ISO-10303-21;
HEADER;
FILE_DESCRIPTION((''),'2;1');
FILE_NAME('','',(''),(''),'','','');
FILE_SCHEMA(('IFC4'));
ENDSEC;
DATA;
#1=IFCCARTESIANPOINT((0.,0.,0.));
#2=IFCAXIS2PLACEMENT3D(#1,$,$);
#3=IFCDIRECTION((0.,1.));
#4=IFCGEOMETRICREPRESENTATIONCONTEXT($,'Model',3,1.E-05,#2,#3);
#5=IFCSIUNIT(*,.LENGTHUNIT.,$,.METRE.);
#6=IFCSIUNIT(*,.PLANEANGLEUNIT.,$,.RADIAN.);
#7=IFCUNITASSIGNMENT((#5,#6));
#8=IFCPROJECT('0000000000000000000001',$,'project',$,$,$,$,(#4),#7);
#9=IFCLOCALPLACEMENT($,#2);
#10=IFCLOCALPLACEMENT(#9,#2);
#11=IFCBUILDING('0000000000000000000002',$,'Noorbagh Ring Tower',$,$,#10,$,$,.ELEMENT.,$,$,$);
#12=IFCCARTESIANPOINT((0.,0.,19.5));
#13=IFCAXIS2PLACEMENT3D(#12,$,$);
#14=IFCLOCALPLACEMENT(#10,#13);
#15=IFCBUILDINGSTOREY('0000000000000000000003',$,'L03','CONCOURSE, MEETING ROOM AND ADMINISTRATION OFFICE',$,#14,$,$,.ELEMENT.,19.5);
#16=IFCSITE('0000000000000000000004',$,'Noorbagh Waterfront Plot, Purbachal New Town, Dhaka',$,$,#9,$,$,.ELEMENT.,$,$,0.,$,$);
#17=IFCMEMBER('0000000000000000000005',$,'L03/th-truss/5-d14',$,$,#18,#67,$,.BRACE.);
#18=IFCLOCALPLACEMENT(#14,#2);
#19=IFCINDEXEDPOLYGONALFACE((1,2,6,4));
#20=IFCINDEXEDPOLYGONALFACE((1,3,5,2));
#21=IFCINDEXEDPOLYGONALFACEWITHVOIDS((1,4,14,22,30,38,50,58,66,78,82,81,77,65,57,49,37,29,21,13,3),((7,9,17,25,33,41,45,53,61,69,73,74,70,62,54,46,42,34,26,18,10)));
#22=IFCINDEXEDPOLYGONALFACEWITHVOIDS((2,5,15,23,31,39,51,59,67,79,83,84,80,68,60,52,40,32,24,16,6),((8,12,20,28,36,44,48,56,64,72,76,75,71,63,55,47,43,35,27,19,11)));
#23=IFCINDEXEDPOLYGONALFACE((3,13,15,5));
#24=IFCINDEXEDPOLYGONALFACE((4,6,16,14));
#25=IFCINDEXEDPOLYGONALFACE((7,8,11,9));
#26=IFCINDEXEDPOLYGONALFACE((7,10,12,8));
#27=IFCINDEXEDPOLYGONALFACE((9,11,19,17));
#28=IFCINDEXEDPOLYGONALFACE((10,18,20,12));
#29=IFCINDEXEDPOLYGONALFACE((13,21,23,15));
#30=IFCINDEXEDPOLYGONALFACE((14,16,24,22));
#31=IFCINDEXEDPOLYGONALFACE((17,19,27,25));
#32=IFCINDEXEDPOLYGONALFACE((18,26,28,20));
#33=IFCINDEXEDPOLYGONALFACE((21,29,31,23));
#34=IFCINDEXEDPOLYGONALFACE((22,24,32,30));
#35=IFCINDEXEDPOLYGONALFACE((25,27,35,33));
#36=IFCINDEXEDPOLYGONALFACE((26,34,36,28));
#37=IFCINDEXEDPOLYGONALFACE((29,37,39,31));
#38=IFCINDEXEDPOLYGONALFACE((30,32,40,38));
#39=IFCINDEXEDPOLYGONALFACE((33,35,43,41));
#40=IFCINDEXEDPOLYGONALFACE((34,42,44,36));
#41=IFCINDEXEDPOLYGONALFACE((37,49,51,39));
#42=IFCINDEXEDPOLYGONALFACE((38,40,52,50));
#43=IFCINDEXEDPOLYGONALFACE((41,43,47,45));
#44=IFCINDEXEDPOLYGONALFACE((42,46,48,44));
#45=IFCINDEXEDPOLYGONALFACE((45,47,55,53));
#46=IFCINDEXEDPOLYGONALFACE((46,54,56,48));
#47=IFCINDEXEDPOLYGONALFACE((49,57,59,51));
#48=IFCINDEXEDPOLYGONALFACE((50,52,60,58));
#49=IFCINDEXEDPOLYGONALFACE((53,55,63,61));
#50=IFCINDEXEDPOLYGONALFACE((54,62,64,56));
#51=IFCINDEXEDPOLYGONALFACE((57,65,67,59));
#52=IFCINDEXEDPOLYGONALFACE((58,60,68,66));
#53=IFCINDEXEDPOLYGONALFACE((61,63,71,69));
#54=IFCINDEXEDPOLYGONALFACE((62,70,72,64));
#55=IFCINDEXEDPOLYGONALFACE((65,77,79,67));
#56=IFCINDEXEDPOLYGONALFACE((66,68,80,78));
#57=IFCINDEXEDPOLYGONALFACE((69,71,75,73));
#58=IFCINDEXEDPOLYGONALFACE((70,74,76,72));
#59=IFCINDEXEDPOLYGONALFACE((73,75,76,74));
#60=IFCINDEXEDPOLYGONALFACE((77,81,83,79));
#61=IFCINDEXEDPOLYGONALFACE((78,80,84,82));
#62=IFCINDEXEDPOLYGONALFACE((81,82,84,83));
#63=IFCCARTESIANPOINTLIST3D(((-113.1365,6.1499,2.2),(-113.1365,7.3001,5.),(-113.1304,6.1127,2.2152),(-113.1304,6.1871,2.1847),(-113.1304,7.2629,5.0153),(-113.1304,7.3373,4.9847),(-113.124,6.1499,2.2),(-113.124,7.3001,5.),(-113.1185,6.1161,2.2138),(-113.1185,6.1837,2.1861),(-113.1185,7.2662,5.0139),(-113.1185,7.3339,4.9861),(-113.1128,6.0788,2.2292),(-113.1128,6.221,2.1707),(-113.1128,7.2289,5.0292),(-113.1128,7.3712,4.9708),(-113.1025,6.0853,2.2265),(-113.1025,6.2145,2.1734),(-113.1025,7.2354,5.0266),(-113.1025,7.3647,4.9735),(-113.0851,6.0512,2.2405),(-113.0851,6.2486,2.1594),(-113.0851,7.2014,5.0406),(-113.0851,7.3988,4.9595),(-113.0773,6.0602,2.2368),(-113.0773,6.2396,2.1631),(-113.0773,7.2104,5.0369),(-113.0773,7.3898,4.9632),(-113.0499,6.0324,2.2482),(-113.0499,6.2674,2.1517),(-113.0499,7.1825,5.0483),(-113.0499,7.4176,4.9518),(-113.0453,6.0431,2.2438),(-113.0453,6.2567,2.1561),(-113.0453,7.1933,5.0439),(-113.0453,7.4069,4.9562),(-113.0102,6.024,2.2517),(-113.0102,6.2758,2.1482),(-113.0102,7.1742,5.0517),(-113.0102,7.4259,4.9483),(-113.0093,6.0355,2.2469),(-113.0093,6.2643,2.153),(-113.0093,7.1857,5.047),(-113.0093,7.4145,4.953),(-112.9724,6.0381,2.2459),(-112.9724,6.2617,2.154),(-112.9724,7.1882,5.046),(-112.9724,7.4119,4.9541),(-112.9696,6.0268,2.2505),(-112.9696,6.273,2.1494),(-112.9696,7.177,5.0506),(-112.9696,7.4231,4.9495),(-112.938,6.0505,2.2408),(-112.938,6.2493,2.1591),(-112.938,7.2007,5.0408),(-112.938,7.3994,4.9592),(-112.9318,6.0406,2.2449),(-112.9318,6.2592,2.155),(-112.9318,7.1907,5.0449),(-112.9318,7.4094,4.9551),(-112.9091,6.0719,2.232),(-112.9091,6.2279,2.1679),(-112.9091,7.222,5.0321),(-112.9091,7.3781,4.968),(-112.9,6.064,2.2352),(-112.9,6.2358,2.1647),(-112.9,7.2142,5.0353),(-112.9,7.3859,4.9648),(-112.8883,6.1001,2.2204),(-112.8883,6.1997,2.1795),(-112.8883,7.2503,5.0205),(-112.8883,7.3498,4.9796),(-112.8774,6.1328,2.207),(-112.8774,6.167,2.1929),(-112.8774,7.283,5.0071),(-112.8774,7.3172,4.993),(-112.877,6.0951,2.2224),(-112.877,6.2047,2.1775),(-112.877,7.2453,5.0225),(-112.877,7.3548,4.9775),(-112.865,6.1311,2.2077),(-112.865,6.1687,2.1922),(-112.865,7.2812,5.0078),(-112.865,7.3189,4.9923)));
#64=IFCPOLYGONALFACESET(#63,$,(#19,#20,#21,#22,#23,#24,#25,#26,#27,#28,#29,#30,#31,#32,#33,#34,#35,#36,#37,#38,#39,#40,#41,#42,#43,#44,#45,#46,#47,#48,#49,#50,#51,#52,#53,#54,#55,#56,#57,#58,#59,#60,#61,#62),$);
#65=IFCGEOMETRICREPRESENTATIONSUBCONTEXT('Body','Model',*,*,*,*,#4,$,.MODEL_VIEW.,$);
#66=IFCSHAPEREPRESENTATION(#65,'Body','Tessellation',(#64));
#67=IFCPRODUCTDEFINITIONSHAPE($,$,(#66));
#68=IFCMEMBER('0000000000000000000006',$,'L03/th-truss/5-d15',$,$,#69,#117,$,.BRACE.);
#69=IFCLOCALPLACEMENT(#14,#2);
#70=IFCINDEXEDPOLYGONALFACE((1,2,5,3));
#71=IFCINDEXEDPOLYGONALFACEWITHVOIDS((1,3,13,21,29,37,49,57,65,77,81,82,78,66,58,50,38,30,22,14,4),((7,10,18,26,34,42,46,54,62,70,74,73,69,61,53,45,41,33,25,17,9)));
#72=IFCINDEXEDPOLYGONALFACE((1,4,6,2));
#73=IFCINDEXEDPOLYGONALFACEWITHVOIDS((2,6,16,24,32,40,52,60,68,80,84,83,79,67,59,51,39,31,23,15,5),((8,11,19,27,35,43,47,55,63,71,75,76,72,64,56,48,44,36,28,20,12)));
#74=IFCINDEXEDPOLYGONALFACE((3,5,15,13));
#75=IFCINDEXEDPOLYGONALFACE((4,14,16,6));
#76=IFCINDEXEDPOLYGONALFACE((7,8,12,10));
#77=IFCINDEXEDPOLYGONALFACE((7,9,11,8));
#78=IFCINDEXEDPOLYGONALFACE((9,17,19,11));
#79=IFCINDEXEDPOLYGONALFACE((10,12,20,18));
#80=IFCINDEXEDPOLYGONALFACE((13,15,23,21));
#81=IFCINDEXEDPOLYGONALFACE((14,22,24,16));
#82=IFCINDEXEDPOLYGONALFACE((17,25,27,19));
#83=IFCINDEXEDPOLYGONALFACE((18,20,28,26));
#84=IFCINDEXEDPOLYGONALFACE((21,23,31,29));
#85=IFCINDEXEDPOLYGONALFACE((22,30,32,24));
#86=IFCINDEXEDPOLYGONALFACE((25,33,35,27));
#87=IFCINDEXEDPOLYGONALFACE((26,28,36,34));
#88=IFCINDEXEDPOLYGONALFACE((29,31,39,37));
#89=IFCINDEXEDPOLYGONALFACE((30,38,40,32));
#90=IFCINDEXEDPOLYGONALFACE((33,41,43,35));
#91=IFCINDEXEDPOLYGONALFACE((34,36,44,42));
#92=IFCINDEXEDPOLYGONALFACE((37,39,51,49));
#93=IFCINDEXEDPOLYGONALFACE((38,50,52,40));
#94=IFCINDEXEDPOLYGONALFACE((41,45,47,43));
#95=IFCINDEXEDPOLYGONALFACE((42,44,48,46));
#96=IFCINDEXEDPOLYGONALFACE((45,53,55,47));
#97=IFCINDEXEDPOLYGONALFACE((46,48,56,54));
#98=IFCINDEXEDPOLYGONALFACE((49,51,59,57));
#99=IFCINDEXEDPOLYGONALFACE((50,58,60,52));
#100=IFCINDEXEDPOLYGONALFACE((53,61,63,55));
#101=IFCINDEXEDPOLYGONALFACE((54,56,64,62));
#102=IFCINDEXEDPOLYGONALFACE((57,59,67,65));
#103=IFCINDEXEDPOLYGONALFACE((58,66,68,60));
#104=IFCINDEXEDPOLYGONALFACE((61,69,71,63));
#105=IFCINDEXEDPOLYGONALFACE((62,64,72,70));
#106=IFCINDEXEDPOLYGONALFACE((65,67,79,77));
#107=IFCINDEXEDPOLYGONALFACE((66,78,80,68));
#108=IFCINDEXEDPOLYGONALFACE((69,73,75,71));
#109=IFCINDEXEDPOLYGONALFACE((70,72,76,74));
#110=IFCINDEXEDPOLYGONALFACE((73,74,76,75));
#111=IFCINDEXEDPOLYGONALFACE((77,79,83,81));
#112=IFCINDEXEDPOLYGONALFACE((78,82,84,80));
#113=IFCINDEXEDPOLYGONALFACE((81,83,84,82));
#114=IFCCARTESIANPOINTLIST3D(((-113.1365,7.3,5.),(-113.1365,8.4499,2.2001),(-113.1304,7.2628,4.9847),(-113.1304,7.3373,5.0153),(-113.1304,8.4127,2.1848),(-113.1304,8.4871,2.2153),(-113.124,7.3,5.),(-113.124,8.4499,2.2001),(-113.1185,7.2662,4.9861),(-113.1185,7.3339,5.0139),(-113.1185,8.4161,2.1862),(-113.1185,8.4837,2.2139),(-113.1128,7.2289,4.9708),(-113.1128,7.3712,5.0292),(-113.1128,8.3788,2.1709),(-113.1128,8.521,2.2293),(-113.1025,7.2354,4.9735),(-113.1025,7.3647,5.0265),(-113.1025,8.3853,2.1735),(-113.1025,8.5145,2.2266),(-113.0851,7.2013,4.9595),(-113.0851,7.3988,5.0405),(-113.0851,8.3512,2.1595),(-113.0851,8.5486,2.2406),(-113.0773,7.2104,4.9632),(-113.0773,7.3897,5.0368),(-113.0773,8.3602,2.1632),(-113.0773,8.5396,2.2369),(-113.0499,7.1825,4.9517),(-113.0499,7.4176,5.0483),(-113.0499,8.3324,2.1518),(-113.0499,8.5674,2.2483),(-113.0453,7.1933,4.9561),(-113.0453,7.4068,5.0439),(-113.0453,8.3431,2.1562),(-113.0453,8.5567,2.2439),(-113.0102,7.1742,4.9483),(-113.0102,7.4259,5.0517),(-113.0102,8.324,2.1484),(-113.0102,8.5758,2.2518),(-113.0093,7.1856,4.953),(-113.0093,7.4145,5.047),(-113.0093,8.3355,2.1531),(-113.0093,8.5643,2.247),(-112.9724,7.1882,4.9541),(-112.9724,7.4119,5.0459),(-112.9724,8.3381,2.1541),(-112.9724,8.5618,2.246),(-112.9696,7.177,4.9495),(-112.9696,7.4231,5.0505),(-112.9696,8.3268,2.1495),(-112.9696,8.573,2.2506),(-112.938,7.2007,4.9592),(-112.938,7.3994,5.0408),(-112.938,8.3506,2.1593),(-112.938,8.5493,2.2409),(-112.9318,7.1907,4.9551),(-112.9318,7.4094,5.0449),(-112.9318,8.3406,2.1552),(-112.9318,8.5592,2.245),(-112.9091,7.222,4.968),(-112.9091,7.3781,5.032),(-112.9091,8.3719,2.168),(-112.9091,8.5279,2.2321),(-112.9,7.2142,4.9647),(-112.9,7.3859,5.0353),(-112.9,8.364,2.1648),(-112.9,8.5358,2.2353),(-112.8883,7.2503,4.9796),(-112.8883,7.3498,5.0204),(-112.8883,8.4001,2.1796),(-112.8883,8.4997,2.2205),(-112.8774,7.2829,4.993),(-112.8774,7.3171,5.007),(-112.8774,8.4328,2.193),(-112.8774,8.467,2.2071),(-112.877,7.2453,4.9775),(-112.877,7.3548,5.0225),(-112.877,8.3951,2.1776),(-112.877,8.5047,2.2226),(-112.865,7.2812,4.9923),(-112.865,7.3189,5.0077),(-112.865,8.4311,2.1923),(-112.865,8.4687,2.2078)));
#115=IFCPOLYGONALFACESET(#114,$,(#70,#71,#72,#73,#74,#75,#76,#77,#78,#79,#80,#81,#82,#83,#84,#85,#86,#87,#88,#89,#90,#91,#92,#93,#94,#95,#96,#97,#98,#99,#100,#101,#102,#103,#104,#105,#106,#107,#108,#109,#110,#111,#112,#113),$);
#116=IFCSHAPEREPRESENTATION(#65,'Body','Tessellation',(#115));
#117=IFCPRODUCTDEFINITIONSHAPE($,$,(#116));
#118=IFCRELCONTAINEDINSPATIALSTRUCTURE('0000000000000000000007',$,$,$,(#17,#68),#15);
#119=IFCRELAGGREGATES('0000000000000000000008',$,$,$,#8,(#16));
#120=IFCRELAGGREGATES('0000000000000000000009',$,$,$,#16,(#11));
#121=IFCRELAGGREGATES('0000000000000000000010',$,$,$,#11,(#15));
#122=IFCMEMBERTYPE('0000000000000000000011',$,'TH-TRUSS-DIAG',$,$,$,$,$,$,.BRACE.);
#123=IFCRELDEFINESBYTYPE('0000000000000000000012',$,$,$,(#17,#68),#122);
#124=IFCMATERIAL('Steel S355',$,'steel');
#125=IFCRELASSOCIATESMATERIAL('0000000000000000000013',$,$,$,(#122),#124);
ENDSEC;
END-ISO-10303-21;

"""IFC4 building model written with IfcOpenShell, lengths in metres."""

from ifc_helpers import new_model, si_unit, direction, frame, origin, origin_2d, place, context, subcontext, project, spatial, hollow_circle, extrude, material, material_profile, profile_set, type_object, element, save


model = new_model("IFC4")

# Units and contexts
model_context = context("Model", 3, precision=1e-05, world=origin(), true_north=direction((0.0, 1.0)))
body_context = subcontext(model_context, "Body", "Model", "MODEL_VIEW")
ifc_project = project(units=[si_unit("LENGTHUNIT", "METRE"), si_unit("PLANEANGLEUNIT", "RADIAN")], contexts=[model_context])

# Site, building, storey
site_placement = place(None, origin())
site = spatial("IfcSite", under=ifc_project, at=site_placement, Name="Noorbagh Waterfront Plot, Purbachal New Town, Dhaka", CompositionType="ELEMENT", RefElevation=0.0)
building_placement = place(site_placement, origin())
building = spatial("IfcBuilding", under=site, at=building_placement, Name="Noorbagh Ring Tower", CompositionType="ELEMENT")
storey_placement = place(building_placement, frame((0.0, 0.0, 19.5)))
storey = spatial("IfcBuildingStorey", under=building, at=storey_placement, Name="L03", Description="CONCOURSE, MEETING ROOM AND ADMINISTRATION OFFICE", CompositionType="ELEMENT", Elevation=19.5)

# Members
ifc_material = material(Name="Steel S355", Category="steel")
ifc_material_profile = material_profile(ifc_material, hollow_circle(Radius=0.1365, WallThickness=0.0125, at=origin_2d()), Name="CHS273x12.5")
ifc_profile_set = profile_set([ifc_material_profile], Name="Steel S355")
member_type = type_object("IfcMemberType", Name="TH-TRUSS-DIAG", PredefinedType="BRACE", material=ifc_profile_set)
member_1_placement = place(storey_placement, frame((-113.0, 6.1499, 2.2), z_axis=(0.0, 0.379955, 0.925005), x_axis=(-1.0, 0.0, 0.0)))
element("IfcMember", 1, at=member_1_placement, inside=storey, type_object=member_type, Name="L03/th-truss/5-d14", PredefinedType="BRACE", context=body_context, shape_type="SweptSolid", body=[
    extrude(hollow_circle(Radius=0.1365, WallThickness=0.0125, at=origin_2d()), origin(), (0.0, 0.0, 1.0), 3.0271),
])
member_2_placement = place(storey_placement, frame((-113.0, 7.3, 5.0), z_axis=(0.0, 0.379886, -0.925033), x_axis=(-1.0, 0.0, 0.0)))
element("IfcMember", 2, at=member_2_placement, inside=storey, type_object=member_type, Name="L03/th-truss/5-d15", PredefinedType="BRACE", context=body_context, shape_type="SweptSolid", body=[
    extrude(hollow_circle(Radius=0.1365, WallThickness=0.0125, at=origin_2d()), origin(), (0.0, 0.0, 1.0), 3.0269),
])

save(model, "model.ifc")
